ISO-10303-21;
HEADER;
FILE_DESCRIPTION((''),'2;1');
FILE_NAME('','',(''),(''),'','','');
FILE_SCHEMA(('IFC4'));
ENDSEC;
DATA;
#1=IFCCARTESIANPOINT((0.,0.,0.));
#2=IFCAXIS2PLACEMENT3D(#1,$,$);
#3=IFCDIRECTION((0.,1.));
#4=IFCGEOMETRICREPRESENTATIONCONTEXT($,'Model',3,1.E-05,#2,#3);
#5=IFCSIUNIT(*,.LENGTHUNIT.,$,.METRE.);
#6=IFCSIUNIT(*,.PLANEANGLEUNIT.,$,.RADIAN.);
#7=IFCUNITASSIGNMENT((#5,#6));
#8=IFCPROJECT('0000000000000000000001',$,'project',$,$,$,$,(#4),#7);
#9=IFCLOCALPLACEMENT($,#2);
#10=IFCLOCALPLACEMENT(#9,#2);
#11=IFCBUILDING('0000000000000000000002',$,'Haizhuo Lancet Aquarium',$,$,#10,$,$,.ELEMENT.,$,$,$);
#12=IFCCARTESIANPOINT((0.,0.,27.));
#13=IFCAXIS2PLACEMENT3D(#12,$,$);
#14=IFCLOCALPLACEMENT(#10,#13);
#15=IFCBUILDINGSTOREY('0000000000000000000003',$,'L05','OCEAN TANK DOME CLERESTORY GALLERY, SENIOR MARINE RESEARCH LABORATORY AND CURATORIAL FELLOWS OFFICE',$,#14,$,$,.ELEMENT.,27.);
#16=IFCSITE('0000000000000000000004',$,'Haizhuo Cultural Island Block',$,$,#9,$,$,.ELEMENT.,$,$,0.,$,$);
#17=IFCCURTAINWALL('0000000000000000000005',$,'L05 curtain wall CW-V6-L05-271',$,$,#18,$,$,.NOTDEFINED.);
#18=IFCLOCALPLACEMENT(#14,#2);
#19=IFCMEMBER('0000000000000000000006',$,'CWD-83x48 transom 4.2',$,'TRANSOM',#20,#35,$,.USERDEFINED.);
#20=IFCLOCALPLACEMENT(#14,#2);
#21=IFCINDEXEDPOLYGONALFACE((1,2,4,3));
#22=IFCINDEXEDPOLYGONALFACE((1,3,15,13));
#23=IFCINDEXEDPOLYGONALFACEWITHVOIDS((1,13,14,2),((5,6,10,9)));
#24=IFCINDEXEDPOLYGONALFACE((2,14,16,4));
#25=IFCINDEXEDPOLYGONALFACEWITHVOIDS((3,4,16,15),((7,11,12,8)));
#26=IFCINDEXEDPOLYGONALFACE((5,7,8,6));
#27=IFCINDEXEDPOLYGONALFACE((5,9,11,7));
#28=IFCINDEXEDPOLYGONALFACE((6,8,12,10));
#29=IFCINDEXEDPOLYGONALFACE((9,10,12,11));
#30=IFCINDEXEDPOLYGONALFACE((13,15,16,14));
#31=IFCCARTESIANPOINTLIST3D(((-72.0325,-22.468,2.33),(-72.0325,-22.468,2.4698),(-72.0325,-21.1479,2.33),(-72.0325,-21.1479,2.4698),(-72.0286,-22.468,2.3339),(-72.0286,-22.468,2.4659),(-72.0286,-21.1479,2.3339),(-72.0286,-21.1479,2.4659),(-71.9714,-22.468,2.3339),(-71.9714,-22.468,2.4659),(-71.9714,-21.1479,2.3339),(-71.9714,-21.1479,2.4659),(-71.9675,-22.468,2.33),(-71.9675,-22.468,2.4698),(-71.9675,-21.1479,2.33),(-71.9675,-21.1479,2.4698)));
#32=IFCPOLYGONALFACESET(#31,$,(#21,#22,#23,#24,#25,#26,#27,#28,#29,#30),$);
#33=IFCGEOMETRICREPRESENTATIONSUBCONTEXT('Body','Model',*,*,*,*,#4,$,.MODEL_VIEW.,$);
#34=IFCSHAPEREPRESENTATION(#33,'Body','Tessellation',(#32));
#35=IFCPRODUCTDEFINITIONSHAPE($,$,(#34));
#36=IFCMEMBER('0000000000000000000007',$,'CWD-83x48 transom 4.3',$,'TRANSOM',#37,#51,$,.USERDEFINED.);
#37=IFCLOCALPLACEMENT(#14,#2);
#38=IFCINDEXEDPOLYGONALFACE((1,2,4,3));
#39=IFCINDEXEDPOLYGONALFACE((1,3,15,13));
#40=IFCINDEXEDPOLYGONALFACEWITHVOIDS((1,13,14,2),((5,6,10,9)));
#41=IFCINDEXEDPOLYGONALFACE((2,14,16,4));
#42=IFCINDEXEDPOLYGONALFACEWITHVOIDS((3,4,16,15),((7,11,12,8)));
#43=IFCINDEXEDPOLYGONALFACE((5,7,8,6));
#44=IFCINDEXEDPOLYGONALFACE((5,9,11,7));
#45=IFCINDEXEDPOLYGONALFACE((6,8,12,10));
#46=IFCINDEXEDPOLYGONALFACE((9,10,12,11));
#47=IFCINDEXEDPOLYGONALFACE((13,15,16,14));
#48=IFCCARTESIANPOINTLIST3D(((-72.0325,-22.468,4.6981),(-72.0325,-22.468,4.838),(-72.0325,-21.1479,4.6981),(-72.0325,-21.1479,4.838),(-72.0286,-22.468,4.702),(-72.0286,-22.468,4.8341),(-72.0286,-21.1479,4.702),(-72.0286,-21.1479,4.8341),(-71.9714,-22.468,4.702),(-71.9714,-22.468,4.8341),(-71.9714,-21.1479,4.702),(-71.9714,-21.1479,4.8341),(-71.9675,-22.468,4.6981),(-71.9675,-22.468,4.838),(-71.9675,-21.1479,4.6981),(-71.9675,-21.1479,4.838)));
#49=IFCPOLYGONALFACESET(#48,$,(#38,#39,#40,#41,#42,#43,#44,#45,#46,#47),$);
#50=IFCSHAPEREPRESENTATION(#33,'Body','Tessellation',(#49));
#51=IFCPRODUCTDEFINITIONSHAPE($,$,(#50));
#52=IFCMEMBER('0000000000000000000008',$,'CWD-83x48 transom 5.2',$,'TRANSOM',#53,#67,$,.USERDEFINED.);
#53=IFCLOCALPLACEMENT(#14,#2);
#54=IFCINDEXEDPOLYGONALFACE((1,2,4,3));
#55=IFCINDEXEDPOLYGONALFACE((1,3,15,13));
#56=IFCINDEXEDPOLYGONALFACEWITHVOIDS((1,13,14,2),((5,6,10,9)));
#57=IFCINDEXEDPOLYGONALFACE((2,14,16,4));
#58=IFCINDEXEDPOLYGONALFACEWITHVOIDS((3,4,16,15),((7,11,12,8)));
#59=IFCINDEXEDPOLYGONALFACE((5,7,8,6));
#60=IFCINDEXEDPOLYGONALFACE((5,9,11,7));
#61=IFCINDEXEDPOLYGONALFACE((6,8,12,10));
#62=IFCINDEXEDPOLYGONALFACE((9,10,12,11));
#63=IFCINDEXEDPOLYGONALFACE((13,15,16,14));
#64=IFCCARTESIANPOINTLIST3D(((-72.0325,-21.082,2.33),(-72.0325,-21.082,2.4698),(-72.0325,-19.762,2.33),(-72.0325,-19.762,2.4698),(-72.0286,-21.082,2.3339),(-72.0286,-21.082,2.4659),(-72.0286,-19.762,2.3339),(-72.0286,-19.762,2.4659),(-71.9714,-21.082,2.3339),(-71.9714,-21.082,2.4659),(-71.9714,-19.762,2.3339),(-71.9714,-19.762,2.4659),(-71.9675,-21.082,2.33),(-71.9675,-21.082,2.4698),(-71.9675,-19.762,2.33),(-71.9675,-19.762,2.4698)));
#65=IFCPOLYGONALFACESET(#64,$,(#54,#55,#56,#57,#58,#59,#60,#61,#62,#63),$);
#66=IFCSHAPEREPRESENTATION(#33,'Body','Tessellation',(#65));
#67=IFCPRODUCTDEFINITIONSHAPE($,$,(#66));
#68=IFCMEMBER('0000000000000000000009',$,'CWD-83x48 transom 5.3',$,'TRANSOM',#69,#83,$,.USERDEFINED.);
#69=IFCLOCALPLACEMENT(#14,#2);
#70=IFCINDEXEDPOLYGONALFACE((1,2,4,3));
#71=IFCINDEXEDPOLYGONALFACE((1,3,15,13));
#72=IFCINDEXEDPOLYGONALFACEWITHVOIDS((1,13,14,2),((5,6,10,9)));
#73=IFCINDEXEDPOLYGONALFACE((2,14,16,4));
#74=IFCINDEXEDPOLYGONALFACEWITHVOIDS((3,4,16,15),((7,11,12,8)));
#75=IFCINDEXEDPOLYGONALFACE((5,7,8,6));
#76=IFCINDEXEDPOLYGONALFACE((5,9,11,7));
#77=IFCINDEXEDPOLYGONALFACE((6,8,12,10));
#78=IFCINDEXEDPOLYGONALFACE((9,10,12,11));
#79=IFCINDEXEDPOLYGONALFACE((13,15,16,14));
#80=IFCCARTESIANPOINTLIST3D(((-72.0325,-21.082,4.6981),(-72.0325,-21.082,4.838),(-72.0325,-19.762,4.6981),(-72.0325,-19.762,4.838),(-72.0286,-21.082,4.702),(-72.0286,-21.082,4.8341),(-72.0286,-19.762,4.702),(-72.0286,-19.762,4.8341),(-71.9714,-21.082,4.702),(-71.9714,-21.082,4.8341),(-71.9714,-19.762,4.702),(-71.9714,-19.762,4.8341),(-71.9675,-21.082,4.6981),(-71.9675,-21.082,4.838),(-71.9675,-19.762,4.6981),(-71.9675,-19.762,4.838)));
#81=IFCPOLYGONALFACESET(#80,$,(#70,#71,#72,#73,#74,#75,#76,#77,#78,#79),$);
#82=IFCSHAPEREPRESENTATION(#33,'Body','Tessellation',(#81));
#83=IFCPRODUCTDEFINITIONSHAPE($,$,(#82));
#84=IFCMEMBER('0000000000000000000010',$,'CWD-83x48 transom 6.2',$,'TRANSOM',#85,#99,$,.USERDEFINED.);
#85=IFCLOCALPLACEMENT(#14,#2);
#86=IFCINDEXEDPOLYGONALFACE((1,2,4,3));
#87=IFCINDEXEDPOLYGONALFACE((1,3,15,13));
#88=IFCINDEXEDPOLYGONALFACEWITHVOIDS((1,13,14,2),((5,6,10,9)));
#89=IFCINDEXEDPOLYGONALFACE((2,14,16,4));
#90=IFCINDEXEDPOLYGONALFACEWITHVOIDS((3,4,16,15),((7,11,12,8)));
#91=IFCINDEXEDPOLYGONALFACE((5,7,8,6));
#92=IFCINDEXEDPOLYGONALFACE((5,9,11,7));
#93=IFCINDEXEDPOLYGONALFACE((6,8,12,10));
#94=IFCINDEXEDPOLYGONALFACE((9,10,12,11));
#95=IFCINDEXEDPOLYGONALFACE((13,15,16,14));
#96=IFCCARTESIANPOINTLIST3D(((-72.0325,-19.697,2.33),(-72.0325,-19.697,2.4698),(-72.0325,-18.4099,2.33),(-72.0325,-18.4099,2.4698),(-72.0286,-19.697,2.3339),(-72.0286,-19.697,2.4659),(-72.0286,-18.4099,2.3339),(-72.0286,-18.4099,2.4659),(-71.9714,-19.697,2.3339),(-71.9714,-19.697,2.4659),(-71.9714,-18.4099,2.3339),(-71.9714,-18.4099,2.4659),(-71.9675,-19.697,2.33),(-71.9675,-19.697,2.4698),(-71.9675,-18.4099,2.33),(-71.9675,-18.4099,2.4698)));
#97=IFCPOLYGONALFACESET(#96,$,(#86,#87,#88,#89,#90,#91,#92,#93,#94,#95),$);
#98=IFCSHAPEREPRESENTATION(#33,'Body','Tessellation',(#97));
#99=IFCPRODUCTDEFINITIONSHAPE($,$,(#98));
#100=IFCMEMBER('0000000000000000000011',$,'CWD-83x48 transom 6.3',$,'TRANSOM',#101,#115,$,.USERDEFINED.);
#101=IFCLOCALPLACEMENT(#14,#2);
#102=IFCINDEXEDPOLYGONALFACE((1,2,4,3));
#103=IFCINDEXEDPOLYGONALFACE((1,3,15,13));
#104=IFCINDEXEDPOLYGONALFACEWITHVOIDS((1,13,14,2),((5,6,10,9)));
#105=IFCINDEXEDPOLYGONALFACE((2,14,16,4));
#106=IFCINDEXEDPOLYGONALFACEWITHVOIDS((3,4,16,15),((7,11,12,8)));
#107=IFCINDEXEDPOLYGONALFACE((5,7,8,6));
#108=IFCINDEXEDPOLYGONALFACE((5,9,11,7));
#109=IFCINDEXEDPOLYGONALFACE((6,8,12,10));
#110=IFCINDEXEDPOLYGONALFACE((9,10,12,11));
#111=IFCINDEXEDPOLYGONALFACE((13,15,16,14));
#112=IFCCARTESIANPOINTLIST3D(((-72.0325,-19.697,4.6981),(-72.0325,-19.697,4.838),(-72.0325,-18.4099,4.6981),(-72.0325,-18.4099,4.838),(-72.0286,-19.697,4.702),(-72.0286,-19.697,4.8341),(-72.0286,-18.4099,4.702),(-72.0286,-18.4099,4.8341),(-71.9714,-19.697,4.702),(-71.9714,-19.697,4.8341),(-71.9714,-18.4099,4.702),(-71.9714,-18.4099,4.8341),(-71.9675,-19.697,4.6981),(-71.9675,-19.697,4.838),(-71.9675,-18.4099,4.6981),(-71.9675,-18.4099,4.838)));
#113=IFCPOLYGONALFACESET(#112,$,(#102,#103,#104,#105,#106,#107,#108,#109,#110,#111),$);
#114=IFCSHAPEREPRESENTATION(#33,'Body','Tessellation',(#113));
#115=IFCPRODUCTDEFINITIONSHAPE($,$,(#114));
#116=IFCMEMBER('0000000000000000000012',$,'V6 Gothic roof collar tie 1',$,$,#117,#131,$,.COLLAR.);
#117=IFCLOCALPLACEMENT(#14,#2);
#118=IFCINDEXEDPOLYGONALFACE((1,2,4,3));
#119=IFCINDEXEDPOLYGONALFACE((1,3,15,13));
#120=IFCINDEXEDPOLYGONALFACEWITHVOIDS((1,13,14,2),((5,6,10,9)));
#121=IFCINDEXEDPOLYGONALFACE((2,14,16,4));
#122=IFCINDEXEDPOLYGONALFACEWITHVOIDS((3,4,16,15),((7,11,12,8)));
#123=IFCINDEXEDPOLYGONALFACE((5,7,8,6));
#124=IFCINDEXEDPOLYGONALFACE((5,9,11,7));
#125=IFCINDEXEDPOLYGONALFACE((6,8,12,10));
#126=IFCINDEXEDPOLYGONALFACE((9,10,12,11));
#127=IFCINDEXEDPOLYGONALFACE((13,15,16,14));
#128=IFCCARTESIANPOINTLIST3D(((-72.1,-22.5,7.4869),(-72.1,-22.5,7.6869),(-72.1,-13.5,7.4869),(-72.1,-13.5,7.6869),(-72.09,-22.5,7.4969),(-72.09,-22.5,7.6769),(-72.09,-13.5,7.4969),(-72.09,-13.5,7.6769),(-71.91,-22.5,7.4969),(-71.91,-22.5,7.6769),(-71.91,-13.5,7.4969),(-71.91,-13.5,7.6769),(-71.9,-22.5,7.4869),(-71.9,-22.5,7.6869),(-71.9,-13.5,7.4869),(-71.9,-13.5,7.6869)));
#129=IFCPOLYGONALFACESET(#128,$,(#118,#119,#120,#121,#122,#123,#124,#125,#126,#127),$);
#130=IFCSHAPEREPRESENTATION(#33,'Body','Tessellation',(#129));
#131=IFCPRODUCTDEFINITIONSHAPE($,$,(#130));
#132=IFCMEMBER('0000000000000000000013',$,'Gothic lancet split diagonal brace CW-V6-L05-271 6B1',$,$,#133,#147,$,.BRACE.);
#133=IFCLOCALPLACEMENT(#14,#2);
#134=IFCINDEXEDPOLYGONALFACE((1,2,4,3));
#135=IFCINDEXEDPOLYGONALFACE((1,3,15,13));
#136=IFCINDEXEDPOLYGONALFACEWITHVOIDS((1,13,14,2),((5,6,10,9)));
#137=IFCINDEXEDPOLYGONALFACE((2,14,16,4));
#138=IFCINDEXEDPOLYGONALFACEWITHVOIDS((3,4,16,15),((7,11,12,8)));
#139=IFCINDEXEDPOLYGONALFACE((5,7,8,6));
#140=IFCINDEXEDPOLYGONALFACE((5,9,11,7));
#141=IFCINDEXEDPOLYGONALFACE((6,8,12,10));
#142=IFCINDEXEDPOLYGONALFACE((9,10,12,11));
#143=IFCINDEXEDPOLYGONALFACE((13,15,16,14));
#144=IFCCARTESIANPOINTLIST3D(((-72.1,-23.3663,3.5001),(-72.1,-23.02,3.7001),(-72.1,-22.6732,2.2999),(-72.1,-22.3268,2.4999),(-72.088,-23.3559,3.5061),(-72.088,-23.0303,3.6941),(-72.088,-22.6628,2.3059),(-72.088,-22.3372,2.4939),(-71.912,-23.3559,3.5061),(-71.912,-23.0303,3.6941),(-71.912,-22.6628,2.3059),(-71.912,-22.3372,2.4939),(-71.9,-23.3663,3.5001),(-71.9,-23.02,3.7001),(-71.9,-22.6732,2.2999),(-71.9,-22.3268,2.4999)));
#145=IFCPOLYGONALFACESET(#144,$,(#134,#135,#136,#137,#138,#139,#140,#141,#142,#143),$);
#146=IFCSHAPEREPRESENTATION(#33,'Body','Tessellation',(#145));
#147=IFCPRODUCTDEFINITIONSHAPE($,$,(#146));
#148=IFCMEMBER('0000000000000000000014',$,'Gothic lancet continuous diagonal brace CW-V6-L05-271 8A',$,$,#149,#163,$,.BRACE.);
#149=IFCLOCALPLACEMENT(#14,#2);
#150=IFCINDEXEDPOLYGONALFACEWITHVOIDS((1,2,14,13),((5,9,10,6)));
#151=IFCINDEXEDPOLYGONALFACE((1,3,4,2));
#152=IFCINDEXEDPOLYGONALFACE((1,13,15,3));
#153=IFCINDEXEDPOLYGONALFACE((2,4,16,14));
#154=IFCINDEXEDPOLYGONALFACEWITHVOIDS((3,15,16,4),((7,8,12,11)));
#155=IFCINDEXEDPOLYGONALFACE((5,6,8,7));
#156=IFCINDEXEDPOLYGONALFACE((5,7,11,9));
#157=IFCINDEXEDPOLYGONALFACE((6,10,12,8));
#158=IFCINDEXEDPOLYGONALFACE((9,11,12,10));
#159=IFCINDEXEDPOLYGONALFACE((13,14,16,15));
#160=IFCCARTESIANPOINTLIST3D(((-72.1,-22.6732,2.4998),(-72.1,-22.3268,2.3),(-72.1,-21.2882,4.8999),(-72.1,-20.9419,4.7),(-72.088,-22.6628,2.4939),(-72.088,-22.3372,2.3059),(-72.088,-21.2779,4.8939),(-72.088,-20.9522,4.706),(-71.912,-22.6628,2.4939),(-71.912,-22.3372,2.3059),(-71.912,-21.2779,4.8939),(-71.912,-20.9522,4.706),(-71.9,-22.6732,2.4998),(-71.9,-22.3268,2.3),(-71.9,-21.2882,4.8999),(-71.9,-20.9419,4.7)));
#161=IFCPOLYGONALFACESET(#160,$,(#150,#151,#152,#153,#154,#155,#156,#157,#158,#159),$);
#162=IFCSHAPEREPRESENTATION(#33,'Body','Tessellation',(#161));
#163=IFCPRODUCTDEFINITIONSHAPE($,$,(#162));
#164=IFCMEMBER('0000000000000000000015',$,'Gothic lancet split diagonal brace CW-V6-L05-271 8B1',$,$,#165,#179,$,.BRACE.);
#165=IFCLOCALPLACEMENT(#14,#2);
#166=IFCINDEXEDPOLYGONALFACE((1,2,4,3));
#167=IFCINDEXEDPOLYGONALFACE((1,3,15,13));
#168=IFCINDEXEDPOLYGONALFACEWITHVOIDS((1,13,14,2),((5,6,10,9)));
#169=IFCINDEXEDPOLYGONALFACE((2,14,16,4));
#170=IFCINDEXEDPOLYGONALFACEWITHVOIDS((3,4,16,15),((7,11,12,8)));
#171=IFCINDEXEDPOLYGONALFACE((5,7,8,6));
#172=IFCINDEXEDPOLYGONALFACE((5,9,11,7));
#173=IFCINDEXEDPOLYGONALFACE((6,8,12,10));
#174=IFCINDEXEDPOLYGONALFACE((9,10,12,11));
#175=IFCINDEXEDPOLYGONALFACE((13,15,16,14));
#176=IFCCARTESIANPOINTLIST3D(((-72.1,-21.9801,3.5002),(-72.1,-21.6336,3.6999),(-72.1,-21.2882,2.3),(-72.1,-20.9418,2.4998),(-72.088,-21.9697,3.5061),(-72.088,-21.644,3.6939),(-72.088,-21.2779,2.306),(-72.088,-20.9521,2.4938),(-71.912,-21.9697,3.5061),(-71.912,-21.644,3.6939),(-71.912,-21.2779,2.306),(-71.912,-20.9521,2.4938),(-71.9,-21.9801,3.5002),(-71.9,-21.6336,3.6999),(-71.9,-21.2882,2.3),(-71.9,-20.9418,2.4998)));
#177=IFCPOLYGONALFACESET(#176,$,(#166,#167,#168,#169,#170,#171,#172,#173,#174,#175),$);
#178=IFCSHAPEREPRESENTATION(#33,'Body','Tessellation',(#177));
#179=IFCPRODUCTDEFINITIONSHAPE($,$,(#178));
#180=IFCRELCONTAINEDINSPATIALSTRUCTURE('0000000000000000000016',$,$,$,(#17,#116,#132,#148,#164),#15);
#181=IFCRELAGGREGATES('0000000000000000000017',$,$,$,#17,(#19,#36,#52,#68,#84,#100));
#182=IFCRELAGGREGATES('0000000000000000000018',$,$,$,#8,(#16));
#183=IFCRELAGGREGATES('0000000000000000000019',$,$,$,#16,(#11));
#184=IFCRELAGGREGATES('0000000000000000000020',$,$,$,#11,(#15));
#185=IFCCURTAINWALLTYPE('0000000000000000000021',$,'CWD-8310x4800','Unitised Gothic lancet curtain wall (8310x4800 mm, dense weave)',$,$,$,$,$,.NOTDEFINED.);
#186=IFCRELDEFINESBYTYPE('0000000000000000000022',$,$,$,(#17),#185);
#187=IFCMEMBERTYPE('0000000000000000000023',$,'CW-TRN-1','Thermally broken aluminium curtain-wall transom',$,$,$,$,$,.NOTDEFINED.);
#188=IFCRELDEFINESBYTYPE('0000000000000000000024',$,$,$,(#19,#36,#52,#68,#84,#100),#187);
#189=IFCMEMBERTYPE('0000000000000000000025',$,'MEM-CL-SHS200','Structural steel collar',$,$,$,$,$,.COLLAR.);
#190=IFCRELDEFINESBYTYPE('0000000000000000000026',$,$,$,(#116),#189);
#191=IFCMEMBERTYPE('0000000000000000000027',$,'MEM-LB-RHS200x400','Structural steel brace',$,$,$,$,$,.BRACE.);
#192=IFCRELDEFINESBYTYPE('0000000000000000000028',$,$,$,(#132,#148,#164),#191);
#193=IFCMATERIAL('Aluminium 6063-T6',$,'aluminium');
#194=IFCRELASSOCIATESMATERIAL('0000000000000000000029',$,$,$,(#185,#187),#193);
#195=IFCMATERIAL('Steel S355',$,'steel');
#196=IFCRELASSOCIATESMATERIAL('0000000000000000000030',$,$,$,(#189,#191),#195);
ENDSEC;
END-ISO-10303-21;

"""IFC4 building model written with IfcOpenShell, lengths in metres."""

from ifc_helpers import new_model, si_unit, direction, frame, origin, origin_2d, place, context, subcontext, project, spatial, hollow_rectangle, extrude, material, material_profile, profile_set, type_object, element, aggregate, save


model = new_model("IFC4")

# Units and contexts
model_context = context("Model", 3, precision=1e-05, world=origin(), true_north=direction((0.0, 1.0)))
body_context = subcontext(model_context, "Body", "Model", "MODEL_VIEW")
ifc_project = project(units=[si_unit("LENGTHUNIT", "METRE"), si_unit("PLANEANGLEUNIT", "RADIAN")], contexts=[model_context])

# Site, building, storey
site_placement = place(None, origin())
site = spatial("IfcSite", under=ifc_project, at=site_placement, Name="Haizhuo Cultural Island Block", CompositionType="ELEMENT", RefElevation=0.0)
building_placement = place(site_placement, origin())
building = spatial("IfcBuilding", under=site, at=building_placement, Name="Haizhuo Lancet Aquarium", CompositionType="ELEMENT")
storey_placement = place(building_placement, frame((0.0, 0.0, 27.0)))
storey = spatial("IfcBuildingStorey", under=building, at=storey_placement, Name="L05", Description="OCEAN TANK DOME CLERESTORY GALLERY, SENIOR MARINE RESEARCH LABORATORY AND CURATORIAL FELLOWS OFFICE", CompositionType="ELEMENT", Elevation=27.0)

# Curtain wall, members
ifc_material_1 = material(Name="Aluminium 6063-T6", Category="aluminium")
curtain_wall_type = type_object("IfcCurtainWallType", Name="CWD-8310x4800", Description="Unitised Gothic lancet curtain wall (8310x4800 mm, dense weave)", PredefinedType="NOTDEFINED", material=ifc_material_1)
curtain_wall_placement = place(storey_placement, origin())
curtain_wall = element("IfcCurtainWall", 1, at=curtain_wall_placement, inside=storey, type_object=curtain_wall_type, Name="L05 curtain wall CW-V6-L05-271", PredefinedType="NOTDEFINED")
ifc_material_profile_1 = material_profile(ifc_material_1, hollow_rectangle(XDim=0.0649, YDim=0.1399, WallThickness=0.0039, at=origin_2d()), Name="ALU-T 65x140x4")
ifc_profile_set_1 = profile_set([ifc_material_profile_1], Name="Aluminium 6063-T6")
member_type_1 = type_object("IfcMemberType", Name="CW-TRN-1", Description="Thermally broken aluminium curtain-wall transom", PredefinedType="NOTDEFINED", material=ifc_profile_set_1)
member_1_placement = place(storey_placement, frame((-72.0, -22.468, 2.3999), z_axis=(0.0, 1.0, 0.0), x_axis=(-1.0, 0.0, 0.0)))
member_1 = element("IfcMember", 2, at=member_1_placement, type_object=member_type_1, Name="CWD-83x48 transom 4.2", ObjectType="TRANSOM", PredefinedType="USERDEFINED", context=body_context, shape_type="SweptSolid", body=[
    extrude(hollow_rectangle(XDim=0.0649, YDim=0.1399, WallThickness=0.0039, at=origin_2d()), origin(), (0.0, 0.0, 1.0), 1.3201),
])
member_2_placement = place(storey_placement, frame((-72.0, -22.468, 4.7681), z_axis=(0.0, 1.0, 0.0), x_axis=(-1.0, 0.0, 0.0)))
member_2 = element("IfcMember", 3, at=member_2_placement, type_object=member_type_1, Name="CWD-83x48 transom 4.3", ObjectType="TRANSOM", PredefinedType="USERDEFINED", context=body_context, shape_type="SweptSolid", body=[
    extrude(hollow_rectangle(XDim=0.0649, YDim=0.1399, WallThickness=0.0039, at=origin_2d()), origin(), (0.0, 0.0, 1.0), 1.3201),
])
member_3_placement = place(storey_placement, frame((-72.0, -21.082, 2.3999), z_axis=(0.0, 1.0, 0.0), x_axis=(-1.0, 0.0, 0.0)))
member_3 = element("IfcMember", 4, at=member_3_placement, type_object=member_type_1, Name="CWD-83x48 transom 5.2", ObjectType="TRANSOM", PredefinedType="USERDEFINED", context=body_context, shape_type="SweptSolid", body=[
    extrude(hollow_rectangle(XDim=0.0649, YDim=0.1399, WallThickness=0.0039, at=origin_2d()), origin(), (0.0, 0.0, 1.0), 1.3201),
])
member_4_placement = place(storey_placement, frame((-72.0, -21.082, 4.7681), z_axis=(0.0, 1.0, 0.0), x_axis=(-1.0, 0.0, 0.0)))
member_4 = element("IfcMember", 5, at=member_4_placement, type_object=member_type_1, Name="CWD-83x48 transom 5.3", ObjectType="TRANSOM", PredefinedType="USERDEFINED", context=body_context, shape_type="SweptSolid", body=[
    extrude(hollow_rectangle(XDim=0.0649, YDim=0.1399, WallThickness=0.0039, at=origin_2d()), origin(), (0.0, 0.0, 1.0), 1.3201),
])
member_5_placement = place(storey_placement, frame((-72.0, -19.697, 2.3999), z_axis=(0.0, 1.0, 0.0), x_axis=(-1.0, 0.0, 0.0)))
member_5 = element("IfcMember", 6, at=member_5_placement, type_object=member_type_1, Name="CWD-83x48 transom 6.2", ObjectType="TRANSOM", PredefinedType="USERDEFINED", context=body_context, shape_type="SweptSolid", body=[
    extrude(hollow_rectangle(XDim=0.0649, YDim=0.1399, WallThickness=0.0039, at=origin_2d()), origin(), (0.0, 0.0, 1.0), 1.2871),
])
member_6_placement = place(storey_placement, frame((-72.0, -19.697, 4.7681), z_axis=(0.0, 1.0, 0.0), x_axis=(-1.0, 0.0, 0.0)))
member_6 = element("IfcMember", 7, at=member_6_placement, type_object=member_type_1, Name="CWD-83x48 transom 6.3", ObjectType="TRANSOM", PredefinedType="USERDEFINED", context=body_context, shape_type="SweptSolid", body=[
    extrude(hollow_rectangle(XDim=0.0649, YDim=0.1399, WallThickness=0.0039, at=origin_2d()), origin(), (0.0, 0.0, 1.0), 1.2871),
])

# Members
ifc_material_2 = material(Name="Steel S355", Category="steel")
ifc_material_profile_2 = material_profile(ifc_material_2, hollow_rectangle(XDim=0.2, YDim=0.2, WallThickness=0.01, at=origin_2d()), Name="SHS 200x200x10")
ifc_profile_set_2 = profile_set([ifc_material_profile_2], Name="Steel S355")
member_type_2 = type_object("IfcMemberType", Name="MEM-CL-SHS200", Description="Structural steel collar", PredefinedType="COLLAR", material=ifc_profile_set_2)
member_7_placement = place(storey_placement, frame((-72.0, -22.5, 7.5869), z_axis=(0.0, 1.0, 0.0), x_axis=(-1.0, 0.0, 0.0)))
element("IfcMember", 8, at=member_7_placement, inside=storey, type_object=member_type_2, Name="V6 Gothic roof collar tie 1", PredefinedType="COLLAR", context=body_context, shape_type="SweptSolid", body=[
    extrude(hollow_rectangle(XDim=0.2, YDim=0.2, WallThickness=0.01, at=origin_2d()), origin(), (0.0, 0.0, 1.0), 9.0),
])
ifc_material_profile_3 = material_profile(ifc_material_2, hollow_rectangle(XDim=0.2, YDim=0.3999, WallThickness=0.012, at=origin_2d()), Name="RHS 200x400x12")
ifc_profile_set_3 = profile_set([ifc_material_profile_3], Name="Steel S355")
member_type_3 = type_object("IfcMemberType", Name="MEM-LB-RHS200x400", Description="Structural steel brace", PredefinedType="BRACE", material=ifc_profile_set_3)
member_8_placement = place(storey_placement, frame((-72.0, -22.5, 2.3999), z_axis=(0.0, -0.500099, 0.865968), x_axis=(1.0, 0.0, 0.0)))
element("IfcMember", 9, at=member_8_placement, inside=storey, type_object=member_type_3, Name="Gothic lancet split diagonal brace CW-V6-L05-271 6B1", PredefinedType="BRACE", context=body_context, shape_type="SweptSolid", body=[
    extrude(hollow_rectangle(XDim=0.2, YDim=0.3999, WallThickness=0.012, at=origin_2d()), origin(), (0.0, 0.0, 1.0), 1.386),
])
member_9_placement = place(storey_placement, frame((-72.0, -22.5, 2.3999), z_axis=(0.0, 0.499806, 0.866137), x_axis=(-1.0, 0.0, 0.0)))
element("IfcMember", 10, at=member_9_placement, inside=storey, type_object=member_type_3, Name="Gothic lancet continuous diagonal brace CW-V6-L05-271 8A", PredefinedType="BRACE", context=body_context, shape_type="SweptSolid", body=[
    extrude(hollow_rectangle(XDim=0.2, YDim=0.3999, WallThickness=0.012, at=origin_2d()), origin(), (0.0, 0.0, 1.0), 2.771),
])
member_10_placement = place(storey_placement, frame((-72.0, -21.115, 2.3999), z_axis=(0.0, -0.499438, 0.86635), x_axis=(1.0, 0.0, 0.0)))
element("IfcMember", 11, at=member_10_placement, inside=storey, type_object=member_type_3, Name="Gothic lancet split diagonal brace CW-V6-L05-271 8B1", PredefinedType="BRACE", context=body_context, shape_type="SweptSolid", body=[
    extrude(hollow_rectangle(XDim=0.2, YDim=0.3999, WallThickness=0.012, at=origin_2d()), origin(), (0.0, 0.0, 1.0), 1.3853),
])

aggregate(curtain_wall, [member_1, member_2, member_3, member_4, member_5, member_6])

save(model, "model.ifc")
